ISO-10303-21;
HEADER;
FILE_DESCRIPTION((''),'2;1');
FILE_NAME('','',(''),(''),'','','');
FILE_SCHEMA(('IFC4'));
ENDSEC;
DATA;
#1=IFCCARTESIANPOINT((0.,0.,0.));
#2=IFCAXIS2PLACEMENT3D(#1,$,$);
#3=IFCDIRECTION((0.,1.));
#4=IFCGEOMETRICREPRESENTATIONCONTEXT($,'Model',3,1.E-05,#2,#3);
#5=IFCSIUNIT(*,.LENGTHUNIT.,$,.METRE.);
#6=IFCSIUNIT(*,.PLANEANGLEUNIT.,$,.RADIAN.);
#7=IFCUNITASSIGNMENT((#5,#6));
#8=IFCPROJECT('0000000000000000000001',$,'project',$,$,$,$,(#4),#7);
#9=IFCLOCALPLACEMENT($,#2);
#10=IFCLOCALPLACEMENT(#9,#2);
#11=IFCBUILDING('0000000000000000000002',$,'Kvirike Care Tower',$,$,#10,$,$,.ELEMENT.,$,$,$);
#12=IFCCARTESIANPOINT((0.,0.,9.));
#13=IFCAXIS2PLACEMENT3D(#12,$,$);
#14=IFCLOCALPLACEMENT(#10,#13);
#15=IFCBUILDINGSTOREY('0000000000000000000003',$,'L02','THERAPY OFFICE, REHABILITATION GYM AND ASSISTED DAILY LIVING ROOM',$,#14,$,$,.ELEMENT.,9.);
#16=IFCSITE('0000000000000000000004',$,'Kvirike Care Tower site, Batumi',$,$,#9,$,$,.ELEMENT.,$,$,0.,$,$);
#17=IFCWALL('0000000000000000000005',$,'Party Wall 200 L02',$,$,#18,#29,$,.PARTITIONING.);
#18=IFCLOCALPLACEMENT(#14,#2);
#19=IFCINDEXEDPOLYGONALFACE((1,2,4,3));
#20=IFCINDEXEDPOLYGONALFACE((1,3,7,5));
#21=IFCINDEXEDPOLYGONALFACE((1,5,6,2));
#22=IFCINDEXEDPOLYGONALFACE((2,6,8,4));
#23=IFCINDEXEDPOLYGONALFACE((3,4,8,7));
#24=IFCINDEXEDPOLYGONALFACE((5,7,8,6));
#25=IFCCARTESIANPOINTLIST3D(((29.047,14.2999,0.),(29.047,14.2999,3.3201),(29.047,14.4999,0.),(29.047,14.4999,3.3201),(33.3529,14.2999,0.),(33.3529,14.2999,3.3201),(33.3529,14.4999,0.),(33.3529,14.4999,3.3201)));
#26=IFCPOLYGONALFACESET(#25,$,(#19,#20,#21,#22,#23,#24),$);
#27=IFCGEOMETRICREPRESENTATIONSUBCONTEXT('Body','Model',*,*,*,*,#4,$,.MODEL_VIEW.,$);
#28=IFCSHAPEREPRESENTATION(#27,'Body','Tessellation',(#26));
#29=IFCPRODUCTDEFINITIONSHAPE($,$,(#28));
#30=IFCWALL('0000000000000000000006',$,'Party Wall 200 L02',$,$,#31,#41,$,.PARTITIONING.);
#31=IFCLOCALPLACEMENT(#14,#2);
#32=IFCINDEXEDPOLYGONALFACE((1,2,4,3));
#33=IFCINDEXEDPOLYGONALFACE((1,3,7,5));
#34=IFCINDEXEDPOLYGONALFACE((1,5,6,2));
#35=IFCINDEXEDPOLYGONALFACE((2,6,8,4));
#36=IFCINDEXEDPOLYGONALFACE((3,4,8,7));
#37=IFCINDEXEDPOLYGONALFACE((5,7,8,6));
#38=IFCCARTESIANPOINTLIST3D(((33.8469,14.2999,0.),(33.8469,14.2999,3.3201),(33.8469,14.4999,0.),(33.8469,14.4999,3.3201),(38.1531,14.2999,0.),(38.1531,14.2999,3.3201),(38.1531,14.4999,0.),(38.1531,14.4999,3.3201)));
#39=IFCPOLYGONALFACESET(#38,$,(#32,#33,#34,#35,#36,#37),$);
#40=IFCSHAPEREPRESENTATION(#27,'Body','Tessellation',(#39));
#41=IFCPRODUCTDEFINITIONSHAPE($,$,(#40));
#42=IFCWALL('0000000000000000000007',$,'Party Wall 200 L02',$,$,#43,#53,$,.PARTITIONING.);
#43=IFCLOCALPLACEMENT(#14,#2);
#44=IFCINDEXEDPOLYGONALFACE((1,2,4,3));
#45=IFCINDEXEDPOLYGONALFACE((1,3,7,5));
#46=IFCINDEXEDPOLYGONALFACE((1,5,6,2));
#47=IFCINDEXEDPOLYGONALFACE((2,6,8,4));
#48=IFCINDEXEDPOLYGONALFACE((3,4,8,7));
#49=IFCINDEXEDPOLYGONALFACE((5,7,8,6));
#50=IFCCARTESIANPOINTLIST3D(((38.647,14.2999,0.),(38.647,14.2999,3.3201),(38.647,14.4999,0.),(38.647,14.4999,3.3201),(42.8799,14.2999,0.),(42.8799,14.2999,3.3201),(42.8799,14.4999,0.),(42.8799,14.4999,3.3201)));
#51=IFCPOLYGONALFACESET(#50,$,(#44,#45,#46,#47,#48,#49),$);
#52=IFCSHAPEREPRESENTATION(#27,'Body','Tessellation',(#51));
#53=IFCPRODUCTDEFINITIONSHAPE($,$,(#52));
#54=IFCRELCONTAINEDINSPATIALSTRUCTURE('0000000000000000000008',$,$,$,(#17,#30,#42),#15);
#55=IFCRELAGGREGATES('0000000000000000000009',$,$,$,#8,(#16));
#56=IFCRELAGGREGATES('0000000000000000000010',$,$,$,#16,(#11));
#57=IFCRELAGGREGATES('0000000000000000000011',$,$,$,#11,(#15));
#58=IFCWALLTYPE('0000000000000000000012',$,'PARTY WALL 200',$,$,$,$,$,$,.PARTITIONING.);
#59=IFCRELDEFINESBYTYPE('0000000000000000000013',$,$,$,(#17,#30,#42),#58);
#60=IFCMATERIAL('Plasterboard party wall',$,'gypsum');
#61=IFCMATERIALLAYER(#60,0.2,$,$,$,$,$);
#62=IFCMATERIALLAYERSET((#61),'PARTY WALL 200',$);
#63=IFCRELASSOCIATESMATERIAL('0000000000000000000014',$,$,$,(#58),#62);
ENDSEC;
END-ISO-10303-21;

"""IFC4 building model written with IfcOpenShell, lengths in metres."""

from ifc_helpers import new_model, si_unit, direction, frame, frame_2d, origin, place, context, subcontext, project, spatial, rectangle, extrude, material, layer, layer_set, type_object, element, save


model = new_model("IFC4")

# Units and contexts
model_context = context("Model", 3, precision=1e-05, world=origin(), true_north=direction((0.0, 1.0)))
body_context = subcontext(model_context, "Body", "Model", "MODEL_VIEW")
ifc_project = project(units=[si_unit("LENGTHUNIT", "METRE"), si_unit("PLANEANGLEUNIT", "RADIAN")], contexts=[model_context])

# Site, building, storey
site_placement = place(None, origin())
site = spatial("IfcSite", under=ifc_project, at=site_placement, Name="Kvirike Care Tower site, Batumi", CompositionType="ELEMENT", RefElevation=0.0)
building_placement = place(site_placement, origin())
building = spatial("IfcBuilding", under=site, at=building_placement, Name="Kvirike Care Tower", CompositionType="ELEMENT")
storey_placement = place(building_placement, frame((0.0, 0.0, 9.0)))
storey = spatial("IfcBuildingStorey", under=building, at=storey_placement, Name="L02", Description="THERAPY OFFICE, REHABILITATION GYM AND ASSISTED DAILY LIVING ROOM", CompositionType="ELEMENT", Elevation=9.0)

# Walls
ifc_material_1 = material(Name="Plasterboard party wall", Category="gypsum")
ifc_layer_1 = layer(ifc_material_1, 0.2)
ifc_layer_set_1 = layer_set([ifc_layer_1], Name="PARTY WALL 200")
wall_type_1 = type_object("IfcWallType", Name="PARTY WALL 200", PredefinedType="PARTITIONING", material=ifc_layer_set_1)
wall_1_placement = place(storey_placement, frame((29.0471, 14.3999, 0.0), z_axis=(0.0, 0.0, 1.0), x_axis=(1.0, 0.0, 0.0)))
element("IfcWall", 1, at=wall_1_placement, inside=storey, type_object=wall_type_1, Name="Party Wall 200 L02", PredefinedType="PARTITIONING", context=body_context, shape_type="SweptSolid", body=[
    extrude(rectangle(XDim=4.3059, YDim=0.2, at=frame_2d((2.1528, 0.0))), origin(), (0.0, 0.0, 1.0), 3.3201),
])
wall_2_placement = place(storey_placement, frame((33.8469, 14.3999, 0.0), z_axis=(0.0, 0.0, 1.0), x_axis=(1.0, 0.0, 0.0)))
element("IfcWall", 2, at=wall_2_placement, inside=storey, type_object=wall_type_1, Name="Party Wall 200 L02", PredefinedType="PARTITIONING", context=body_context, shape_type="SweptSolid", body=[
    extrude(rectangle(XDim=4.3062, YDim=0.2, at=frame_2d((2.1531, 0.0))), origin(), (0.0, 0.0, 1.0), 3.3201),
])
wall_3_placement = place(storey_placement, frame((38.647, 14.3999, 0.0), z_axis=(0.0, 0.0, 1.0), x_axis=(1.0, 0.0, 0.0)))
element("IfcWall", 3, at=wall_3_placement, inside=storey, type_object=wall_type_1, Name="Party Wall 200 L02", PredefinedType="PARTITIONING", context=body_context, shape_type="SweptSolid", body=[
    extrude(rectangle(XDim=4.2329, YDim=0.2, at=frame_2d((2.1165, 0.0))), origin(), (0.0, 0.0, 1.0), 3.3201),
])

save(model, "model.ifc")
